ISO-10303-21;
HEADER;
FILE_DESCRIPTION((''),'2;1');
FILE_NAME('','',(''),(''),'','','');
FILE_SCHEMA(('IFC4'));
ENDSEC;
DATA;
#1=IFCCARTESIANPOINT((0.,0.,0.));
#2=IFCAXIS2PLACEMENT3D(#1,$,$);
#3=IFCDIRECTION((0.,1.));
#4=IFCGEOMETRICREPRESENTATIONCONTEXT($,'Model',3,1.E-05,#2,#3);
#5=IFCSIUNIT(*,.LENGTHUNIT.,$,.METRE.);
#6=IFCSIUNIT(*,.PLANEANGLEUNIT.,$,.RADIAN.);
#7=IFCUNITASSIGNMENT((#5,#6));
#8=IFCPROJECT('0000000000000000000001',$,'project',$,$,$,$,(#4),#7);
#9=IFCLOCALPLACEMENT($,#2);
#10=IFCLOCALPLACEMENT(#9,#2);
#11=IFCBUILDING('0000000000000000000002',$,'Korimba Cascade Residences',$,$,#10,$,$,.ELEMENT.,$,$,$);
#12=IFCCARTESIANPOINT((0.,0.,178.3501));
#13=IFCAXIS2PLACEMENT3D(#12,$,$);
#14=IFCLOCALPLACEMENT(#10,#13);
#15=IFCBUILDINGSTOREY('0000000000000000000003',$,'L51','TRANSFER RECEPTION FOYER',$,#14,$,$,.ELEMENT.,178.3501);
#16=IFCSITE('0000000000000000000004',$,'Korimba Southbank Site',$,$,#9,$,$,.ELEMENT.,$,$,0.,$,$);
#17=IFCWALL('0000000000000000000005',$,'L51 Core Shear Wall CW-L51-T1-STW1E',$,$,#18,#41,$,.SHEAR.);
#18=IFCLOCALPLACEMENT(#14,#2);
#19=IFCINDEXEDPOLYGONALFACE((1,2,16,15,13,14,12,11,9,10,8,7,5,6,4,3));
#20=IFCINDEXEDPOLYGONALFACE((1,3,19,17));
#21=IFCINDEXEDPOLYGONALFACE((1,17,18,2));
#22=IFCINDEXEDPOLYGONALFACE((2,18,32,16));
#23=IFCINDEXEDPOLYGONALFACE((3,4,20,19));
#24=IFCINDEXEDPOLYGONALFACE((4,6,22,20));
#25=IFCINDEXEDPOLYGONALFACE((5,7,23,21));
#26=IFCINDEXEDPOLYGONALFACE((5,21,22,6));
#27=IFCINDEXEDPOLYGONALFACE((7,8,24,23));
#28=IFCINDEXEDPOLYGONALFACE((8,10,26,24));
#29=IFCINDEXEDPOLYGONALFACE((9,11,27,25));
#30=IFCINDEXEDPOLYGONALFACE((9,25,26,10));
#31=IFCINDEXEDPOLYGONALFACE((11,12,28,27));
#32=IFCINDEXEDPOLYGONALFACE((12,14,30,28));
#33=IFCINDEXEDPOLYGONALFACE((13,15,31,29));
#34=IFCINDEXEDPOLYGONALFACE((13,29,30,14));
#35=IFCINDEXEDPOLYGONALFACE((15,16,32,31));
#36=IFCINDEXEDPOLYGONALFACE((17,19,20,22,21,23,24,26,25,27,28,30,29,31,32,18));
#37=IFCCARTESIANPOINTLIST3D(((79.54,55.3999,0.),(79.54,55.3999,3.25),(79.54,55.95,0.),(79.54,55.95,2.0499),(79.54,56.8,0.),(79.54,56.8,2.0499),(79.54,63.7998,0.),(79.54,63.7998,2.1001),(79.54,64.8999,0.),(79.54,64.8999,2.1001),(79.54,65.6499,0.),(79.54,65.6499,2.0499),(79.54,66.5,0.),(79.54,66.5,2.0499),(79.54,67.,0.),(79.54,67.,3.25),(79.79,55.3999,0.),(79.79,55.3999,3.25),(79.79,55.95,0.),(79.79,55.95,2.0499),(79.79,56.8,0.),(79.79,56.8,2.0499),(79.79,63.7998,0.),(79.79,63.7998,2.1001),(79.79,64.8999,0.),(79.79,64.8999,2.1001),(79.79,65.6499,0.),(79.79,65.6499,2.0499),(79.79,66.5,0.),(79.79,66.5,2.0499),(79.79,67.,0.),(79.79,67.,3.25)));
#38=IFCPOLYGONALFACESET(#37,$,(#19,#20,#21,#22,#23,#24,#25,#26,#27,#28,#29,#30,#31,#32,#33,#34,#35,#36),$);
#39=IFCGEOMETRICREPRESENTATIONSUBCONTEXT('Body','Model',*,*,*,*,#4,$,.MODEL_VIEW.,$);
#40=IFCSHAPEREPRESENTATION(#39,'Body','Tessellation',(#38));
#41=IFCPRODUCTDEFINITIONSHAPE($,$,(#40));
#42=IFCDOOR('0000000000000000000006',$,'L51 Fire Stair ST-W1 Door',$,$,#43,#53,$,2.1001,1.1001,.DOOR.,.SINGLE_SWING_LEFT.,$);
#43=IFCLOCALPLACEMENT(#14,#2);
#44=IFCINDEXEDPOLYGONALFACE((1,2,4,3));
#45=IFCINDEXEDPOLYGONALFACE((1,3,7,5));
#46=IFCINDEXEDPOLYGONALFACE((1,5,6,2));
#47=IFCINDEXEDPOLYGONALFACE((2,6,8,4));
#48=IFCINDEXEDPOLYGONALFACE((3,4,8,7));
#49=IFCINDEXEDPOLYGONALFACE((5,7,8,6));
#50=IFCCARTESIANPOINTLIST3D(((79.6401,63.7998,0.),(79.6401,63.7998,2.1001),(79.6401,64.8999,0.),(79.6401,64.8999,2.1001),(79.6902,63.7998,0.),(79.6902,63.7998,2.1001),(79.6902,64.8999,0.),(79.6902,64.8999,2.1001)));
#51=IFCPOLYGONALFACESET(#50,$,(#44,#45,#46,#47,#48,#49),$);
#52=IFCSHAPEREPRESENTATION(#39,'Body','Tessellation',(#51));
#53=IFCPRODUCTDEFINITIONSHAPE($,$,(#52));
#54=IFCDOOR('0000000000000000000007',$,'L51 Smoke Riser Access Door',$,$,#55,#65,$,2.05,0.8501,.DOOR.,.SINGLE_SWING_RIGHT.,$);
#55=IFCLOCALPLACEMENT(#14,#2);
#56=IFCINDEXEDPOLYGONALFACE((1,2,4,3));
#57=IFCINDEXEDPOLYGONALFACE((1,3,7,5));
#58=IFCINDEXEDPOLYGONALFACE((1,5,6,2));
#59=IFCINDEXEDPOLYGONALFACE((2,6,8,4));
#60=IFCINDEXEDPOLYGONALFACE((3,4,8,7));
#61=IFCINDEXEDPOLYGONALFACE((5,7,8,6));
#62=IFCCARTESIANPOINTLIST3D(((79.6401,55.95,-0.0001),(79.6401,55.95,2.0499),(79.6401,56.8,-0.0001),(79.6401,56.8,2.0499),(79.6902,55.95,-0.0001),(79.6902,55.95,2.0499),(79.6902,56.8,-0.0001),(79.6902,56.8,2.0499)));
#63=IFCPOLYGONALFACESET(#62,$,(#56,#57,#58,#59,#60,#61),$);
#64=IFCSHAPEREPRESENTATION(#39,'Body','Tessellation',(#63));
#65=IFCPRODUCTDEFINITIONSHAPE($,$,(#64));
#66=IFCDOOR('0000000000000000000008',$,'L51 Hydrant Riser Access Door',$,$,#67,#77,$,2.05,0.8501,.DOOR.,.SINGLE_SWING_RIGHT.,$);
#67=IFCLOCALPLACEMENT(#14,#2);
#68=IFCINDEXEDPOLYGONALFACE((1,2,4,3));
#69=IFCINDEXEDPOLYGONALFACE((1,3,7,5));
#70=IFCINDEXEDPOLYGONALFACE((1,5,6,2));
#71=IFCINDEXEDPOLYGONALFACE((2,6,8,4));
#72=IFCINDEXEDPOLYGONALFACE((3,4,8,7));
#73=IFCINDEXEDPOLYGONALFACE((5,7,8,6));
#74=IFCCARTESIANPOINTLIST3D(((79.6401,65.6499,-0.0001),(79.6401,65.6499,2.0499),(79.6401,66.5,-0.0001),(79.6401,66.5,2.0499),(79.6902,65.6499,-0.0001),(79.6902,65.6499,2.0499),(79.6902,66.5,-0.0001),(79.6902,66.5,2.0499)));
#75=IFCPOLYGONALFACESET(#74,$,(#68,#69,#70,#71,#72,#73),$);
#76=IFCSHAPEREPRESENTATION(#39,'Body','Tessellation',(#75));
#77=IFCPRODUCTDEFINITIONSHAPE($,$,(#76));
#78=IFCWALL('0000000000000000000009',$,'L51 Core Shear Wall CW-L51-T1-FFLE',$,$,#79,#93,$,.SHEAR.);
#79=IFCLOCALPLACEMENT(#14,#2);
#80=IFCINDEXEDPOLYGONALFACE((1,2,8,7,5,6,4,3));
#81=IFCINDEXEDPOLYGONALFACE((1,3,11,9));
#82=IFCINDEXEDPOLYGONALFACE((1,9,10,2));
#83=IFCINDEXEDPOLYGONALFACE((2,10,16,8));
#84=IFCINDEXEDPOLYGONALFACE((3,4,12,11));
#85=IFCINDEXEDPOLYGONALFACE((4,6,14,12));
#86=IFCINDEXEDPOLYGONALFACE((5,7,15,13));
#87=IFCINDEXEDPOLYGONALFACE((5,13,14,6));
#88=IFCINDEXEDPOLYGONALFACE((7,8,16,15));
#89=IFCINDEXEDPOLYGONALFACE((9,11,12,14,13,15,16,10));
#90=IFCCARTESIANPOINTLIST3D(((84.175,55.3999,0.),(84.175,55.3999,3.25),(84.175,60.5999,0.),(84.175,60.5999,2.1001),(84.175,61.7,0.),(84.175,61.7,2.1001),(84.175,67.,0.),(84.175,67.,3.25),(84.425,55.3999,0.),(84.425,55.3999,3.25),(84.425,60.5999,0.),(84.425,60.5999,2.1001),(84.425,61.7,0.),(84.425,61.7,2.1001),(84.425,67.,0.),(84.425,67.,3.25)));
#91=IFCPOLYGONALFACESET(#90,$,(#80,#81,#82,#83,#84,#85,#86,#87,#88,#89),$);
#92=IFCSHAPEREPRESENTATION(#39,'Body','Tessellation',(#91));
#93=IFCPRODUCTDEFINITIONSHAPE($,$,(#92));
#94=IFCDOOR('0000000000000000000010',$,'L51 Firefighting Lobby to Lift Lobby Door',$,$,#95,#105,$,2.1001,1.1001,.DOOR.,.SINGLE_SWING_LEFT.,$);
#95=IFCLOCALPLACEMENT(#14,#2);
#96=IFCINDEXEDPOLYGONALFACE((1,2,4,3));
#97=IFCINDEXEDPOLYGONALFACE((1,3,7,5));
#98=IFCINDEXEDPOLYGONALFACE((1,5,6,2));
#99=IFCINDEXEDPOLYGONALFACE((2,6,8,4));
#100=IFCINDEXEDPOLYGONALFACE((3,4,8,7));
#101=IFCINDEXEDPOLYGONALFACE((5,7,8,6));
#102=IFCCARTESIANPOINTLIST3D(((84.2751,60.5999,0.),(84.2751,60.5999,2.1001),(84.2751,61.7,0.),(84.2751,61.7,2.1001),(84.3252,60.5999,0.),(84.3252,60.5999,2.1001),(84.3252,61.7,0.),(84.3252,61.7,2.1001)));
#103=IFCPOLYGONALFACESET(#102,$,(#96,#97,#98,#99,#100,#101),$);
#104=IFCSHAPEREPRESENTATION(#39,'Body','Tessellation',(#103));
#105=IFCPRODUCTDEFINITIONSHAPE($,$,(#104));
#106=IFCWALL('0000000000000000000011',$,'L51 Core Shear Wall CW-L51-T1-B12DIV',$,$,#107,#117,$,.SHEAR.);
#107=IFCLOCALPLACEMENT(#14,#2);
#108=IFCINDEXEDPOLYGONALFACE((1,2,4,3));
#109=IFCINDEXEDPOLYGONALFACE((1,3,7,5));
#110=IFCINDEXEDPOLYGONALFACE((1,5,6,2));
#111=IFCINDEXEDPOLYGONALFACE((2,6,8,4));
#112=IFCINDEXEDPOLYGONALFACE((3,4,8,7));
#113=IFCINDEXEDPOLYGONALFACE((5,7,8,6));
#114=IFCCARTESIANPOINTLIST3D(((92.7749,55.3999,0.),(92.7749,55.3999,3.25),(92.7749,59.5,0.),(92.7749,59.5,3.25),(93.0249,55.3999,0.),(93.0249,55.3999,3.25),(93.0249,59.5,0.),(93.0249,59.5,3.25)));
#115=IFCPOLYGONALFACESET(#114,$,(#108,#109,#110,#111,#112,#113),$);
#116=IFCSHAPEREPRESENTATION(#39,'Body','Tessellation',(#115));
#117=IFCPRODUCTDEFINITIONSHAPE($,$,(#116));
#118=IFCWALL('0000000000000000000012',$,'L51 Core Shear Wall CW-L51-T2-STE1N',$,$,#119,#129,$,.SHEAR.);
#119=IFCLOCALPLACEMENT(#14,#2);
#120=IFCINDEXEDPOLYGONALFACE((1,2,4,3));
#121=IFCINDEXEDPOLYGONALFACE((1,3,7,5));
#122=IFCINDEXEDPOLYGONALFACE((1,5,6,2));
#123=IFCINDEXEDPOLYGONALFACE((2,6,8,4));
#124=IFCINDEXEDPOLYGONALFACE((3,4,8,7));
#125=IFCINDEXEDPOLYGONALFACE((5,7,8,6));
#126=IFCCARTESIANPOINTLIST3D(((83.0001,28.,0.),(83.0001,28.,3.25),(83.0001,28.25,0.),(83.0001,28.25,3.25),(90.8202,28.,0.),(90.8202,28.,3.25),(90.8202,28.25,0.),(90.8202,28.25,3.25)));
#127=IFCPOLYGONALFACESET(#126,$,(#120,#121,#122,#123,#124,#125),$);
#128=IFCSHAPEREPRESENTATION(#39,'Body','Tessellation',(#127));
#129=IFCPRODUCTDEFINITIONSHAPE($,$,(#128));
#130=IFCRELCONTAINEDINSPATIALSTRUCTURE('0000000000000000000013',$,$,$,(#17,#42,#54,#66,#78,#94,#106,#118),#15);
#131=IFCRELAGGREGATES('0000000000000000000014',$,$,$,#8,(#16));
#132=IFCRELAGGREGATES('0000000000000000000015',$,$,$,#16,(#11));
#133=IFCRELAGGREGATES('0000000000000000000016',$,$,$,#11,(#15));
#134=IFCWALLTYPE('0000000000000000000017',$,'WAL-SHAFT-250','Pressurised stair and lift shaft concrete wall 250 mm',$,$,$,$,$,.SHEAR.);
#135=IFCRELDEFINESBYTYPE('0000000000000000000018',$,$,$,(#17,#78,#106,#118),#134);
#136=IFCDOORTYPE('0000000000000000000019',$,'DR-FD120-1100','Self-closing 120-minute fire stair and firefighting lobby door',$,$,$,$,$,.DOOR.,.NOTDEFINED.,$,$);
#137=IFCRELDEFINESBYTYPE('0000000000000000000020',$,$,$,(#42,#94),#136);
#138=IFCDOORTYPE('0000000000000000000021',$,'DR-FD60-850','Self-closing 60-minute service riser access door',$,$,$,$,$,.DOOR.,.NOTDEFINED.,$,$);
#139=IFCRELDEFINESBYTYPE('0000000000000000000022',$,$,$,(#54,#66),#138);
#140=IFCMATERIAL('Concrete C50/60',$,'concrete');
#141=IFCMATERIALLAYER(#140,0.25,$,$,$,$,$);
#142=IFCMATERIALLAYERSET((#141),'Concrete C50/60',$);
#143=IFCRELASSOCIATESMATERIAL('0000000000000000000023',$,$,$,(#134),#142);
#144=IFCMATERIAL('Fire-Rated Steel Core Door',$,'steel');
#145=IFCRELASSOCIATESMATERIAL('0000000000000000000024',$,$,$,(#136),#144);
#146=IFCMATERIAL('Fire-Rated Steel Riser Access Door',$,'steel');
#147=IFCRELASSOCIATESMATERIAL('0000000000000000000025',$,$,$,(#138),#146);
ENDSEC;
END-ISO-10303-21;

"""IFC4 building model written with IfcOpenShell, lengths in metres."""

from ifc_helpers import new_model, si_unit, direction, frame, frame_2d, origin, place, context, subcontext, project, spatial, rectangle, extrude, material, layer, layer_set, type_object, element, fill, save


model = new_model("IFC4")

# Units and contexts
model_context = context("Model", 3, precision=1e-05, world=origin(), true_north=direction((0.0, 1.0)))
body_context = subcontext(model_context, "Body", "Model", "MODEL_VIEW")
ifc_project = project(units=[si_unit("LENGTHUNIT", "METRE"), si_unit("PLANEANGLEUNIT", "RADIAN")], contexts=[model_context])

# Site, building, storey
site_placement = place(None, origin())
site = spatial("IfcSite", under=ifc_project, at=site_placement, Name="Korimba Southbank Site", CompositionType="ELEMENT", RefElevation=0.0)
building_placement = place(site_placement, origin())
building = spatial("IfcBuilding", under=site, at=building_placement, Name="Korimba Cascade Residences", CompositionType="ELEMENT")
storey_placement = place(building_placement, frame((0.0, 0.0, 178.3501)))
storey = spatial("IfcBuildingStorey", under=building, at=storey_placement, Name="L51", Description="TRANSFER RECEPTION FOYER", CompositionType="ELEMENT", Elevation=178.3501)

# Shared definitions
ifc_material_1 = material(Name="Concrete C50/60", Category="concrete")

# Wall, openings, doors
ifc_layer_1 = layer(ifc_material_1, 0.25)
ifc_layer_set_1 = layer_set([ifc_layer_1], Name="Concrete C50/60")
wall_type_1 = type_object("IfcWallType", Name="WAL-SHAFT-250", Description="Pressurised stair and lift shaft concrete wall 250 mm", PredefinedType="SHEAR", material=ifc_layer_set_1)
wall_1_placement = place(storey_placement, frame((79.665, 55.3999, 0.0), z_axis=(0.0, 0.0, 1.0), x_axis=(0.0, 1.0, 0.0)))
wall_1 = element("IfcWall", 1, at=wall_1_placement, inside=storey, type_object=wall_type_1, Name="L51 Core Shear Wall CW-L51-T1-STW1E", PredefinedType="SHEAR", context=body_context, shape_type="SweptSolid", body=[
    extrude(rectangle(XDim=11.6001, YDim=0.25, at=frame_2d((5.8, 0.0))), origin(), (0.0, 0.0, 1.0), 3.25),
])
opening_1_placement = place(wall_1_placement, frame((0.55, 0.0, 0.0)))
opening_1 = element("IfcOpeningElement", 2, at=opening_1_placement, cuts=wall_1, PredefinedType="OPENING", context=body_context, shape_type="SweptSolid", body=[
    extrude(rectangle(XDim=0.8501, YDim=2.05, at=frame_2d((0.425, 1.0249))), frame((0.0, 0.135, 0.0), z_axis=(0.0, -1.0, 0.0), x_axis=(1.0, 0.0, 0.0)), (0.0, 0.0, 1.0), 0.27),
])
opening_2_placement = place(wall_1_placement, frame((8.3999, 0.0, 0.0)))
opening_2 = element("IfcOpeningElement", 3, at=opening_2_placement, cuts=wall_1, PredefinedType="OPENING", context=body_context, shape_type="SweptSolid", body=[
    extrude(rectangle(XDim=1.1001, YDim=2.1001, at=frame_2d((0.55, 1.05))), frame((0.0, 0.135, 0.0), z_axis=(0.0, -1.0, 0.0), x_axis=(1.0, 0.0, 0.0)), (0.0, 0.0, 1.0), 0.27),
])
opening_3_placement = place(wall_1_placement, frame((10.25, 0.0, 0.0)))
opening_3 = element("IfcOpeningElement", 4, at=opening_3_placement, cuts=wall_1, PredefinedType="OPENING", context=body_context, shape_type="SweptSolid", body=[
    extrude(rectangle(XDim=0.8501, YDim=2.05, at=frame_2d((0.425, 1.0249))), frame((0.0, 0.135, 0.0), z_axis=(0.0, -1.0, 0.0), x_axis=(1.0, 0.0, 0.0)), (0.0, 0.0, 1.0), 0.27),
])
ifc_material_2 = material(Name="Fire-Rated Steel Core Door", Category="steel")
door_type_1 = type_object("IfcDoorType", Name="DR-FD120-1100", Description="Self-closing 120-minute fire stair and firefighting lobby door", OperationType="NOTDEFINED", PredefinedType="DOOR", material=ifc_material_2)
door_1_placement = place(opening_2_placement, origin())
door_1 = element("IfcDoor", 5, at=door_1_placement, inside=storey, type_object=door_type_1, Name="L51 Fire Stair ST-W1 Door", OperationType="SINGLE_SWING_LEFT", OverallHeight=2.1001, OverallWidth=1.1001, PredefinedType="DOOR", context=body_context, shape_type="SweptSolid", body=[
    extrude(rectangle(XDim=1.1001, YDim=2.1001, at=frame_2d((0.55, 1.05))), frame((0.0, 0.0249, 0.0), z_axis=(0.0, -1.0, 0.0), x_axis=(1.0, 0.0, 0.0)), (0.0, 0.0, 1.0), 0.05),
])
fill(opening_2, door_1)
ifc_material_3 = material(Name="Fire-Rated Steel Riser Access Door", Category="steel")
door_type_2 = type_object("IfcDoorType", Name="DR-FD60-850", Description="Self-closing 60-minute service riser access door", OperationType="NOTDEFINED", PredefinedType="DOOR", material=ifc_material_3)
door_2_placement = place(opening_1_placement, origin())
door_2 = element("IfcDoor", 6, at=door_2_placement, inside=storey, type_object=door_type_2, Name="L51 Smoke Riser Access Door", OperationType="SINGLE_SWING_RIGHT", OverallHeight=2.05, OverallWidth=0.8501, PredefinedType="DOOR", context=body_context, shape_type="SweptSolid", body=[
    extrude(rectangle(XDim=0.8501, YDim=2.05, at=frame_2d((0.425, 1.0249))), frame((0.0, 0.0249, 0.0), z_axis=(0.0, -1.0, 0.0), x_axis=(1.0, 0.0, 0.0)), (0.0, 0.0, 1.0), 0.05),
])
fill(opening_1, door_2)
door_3_placement = place(opening_3_placement, origin())
door_3 = element("IfcDoor", 7, at=door_3_placement, inside=storey, type_object=door_type_2, Name="L51 Hydrant Riser Access Door", OperationType="SINGLE_SWING_RIGHT", OverallHeight=2.05, OverallWidth=0.8501, PredefinedType="DOOR", context=body_context, shape_type="SweptSolid", body=[
    extrude(rectangle(XDim=0.8501, YDim=2.05, at=frame_2d((0.425, 1.0249))), frame((0.0, 0.0249, 0.0), z_axis=(0.0, -1.0, 0.0), x_axis=(1.0, 0.0, 0.0)), (0.0, 0.0, 1.0), 0.05),
])
fill(opening_3, door_3)

# Wall, opening, door
wall_2_placement = place(storey_placement, frame((84.3, 55.3999, 0.0), z_axis=(0.0, 0.0, 1.0), x_axis=(0.0, 1.0, 0.0)))
wall_2 = element("IfcWall", 8, at=wall_2_placement, inside=storey, type_object=wall_type_1, Name="L51 Core Shear Wall CW-L51-T1-FFLE", PredefinedType="SHEAR", context=body_context, shape_type="SweptSolid", body=[
    extrude(rectangle(XDim=11.6001, YDim=0.25, at=frame_2d((5.8, 0.0))), origin(), (0.0, 0.0, 1.0), 3.25),
])
opening_4_placement = place(wall_2_placement, frame((5.2, 0.0, 0.0)))
opening_4 = element("IfcOpeningElement", 9, at=opening_4_placement, cuts=wall_2, PredefinedType="OPENING", context=body_context, shape_type="SweptSolid", body=[
    extrude(rectangle(XDim=1.1001, YDim=2.1001, at=frame_2d((0.55, 1.05))), frame((0.0, 0.135, 0.0), z_axis=(0.0, -1.0, 0.0), x_axis=(1.0, 0.0, 0.0)), (0.0, 0.0, 1.0), 0.27),
])
door_4_placement = place(opening_4_placement, origin())
door_4 = element("IfcDoor", 10, at=door_4_placement, inside=storey, type_object=door_type_1, Name="L51 Firefighting Lobby to Lift Lobby Door", OperationType="SINGLE_SWING_LEFT", OverallHeight=2.1001, OverallWidth=1.1001, PredefinedType="DOOR", context=body_context, shape_type="SweptSolid", body=[
    extrude(rectangle(XDim=1.1001, YDim=2.1001, at=frame_2d((0.55, 1.05))), frame((0.0, 0.0249, 0.0), z_axis=(0.0, -1.0, 0.0), x_axis=(1.0, 0.0, 0.0)), (0.0, 0.0, 1.0), 0.05),
])
fill(opening_4, door_4)

# Walls
wall_3_placement = place(storey_placement, frame((92.8999, 55.3999, 0.0), z_axis=(0.0, 0.0, 1.0), x_axis=(0.0, 1.0, 0.0)))
element("IfcWall", 11, at=wall_3_placement, inside=storey, type_object=wall_type_1, Name="L51 Core Shear Wall CW-L51-T1-B12DIV", PredefinedType="SHEAR", context=body_context, shape_type="SweptSolid", body=[
    extrude(rectangle(XDim=4.1001, YDim=0.25, at=frame_2d((2.05, 0.0))), origin(), (0.0, 0.0, 1.0), 3.25),
])
wall_4_placement = place(storey_placement, frame((83.0, 28.125, 0.0), z_axis=(0.0, 0.0, 1.0), x_axis=(1.0, 0.0, 0.0)))
element("IfcWall", 12, at=wall_4_placement, inside=storey, type_object=wall_type_1, Name="L51 Core Shear Wall CW-L51-T2-STE1N", PredefinedType="SHEAR", context=body_context, shape_type="SweptSolid", body=[
    extrude(rectangle(XDim=7.8201, YDim=0.25, at=frame_2d((3.9102, 0.0))), origin(), (0.0, 0.0, 1.0), 3.25),
])

save(model, "model.ifc")
